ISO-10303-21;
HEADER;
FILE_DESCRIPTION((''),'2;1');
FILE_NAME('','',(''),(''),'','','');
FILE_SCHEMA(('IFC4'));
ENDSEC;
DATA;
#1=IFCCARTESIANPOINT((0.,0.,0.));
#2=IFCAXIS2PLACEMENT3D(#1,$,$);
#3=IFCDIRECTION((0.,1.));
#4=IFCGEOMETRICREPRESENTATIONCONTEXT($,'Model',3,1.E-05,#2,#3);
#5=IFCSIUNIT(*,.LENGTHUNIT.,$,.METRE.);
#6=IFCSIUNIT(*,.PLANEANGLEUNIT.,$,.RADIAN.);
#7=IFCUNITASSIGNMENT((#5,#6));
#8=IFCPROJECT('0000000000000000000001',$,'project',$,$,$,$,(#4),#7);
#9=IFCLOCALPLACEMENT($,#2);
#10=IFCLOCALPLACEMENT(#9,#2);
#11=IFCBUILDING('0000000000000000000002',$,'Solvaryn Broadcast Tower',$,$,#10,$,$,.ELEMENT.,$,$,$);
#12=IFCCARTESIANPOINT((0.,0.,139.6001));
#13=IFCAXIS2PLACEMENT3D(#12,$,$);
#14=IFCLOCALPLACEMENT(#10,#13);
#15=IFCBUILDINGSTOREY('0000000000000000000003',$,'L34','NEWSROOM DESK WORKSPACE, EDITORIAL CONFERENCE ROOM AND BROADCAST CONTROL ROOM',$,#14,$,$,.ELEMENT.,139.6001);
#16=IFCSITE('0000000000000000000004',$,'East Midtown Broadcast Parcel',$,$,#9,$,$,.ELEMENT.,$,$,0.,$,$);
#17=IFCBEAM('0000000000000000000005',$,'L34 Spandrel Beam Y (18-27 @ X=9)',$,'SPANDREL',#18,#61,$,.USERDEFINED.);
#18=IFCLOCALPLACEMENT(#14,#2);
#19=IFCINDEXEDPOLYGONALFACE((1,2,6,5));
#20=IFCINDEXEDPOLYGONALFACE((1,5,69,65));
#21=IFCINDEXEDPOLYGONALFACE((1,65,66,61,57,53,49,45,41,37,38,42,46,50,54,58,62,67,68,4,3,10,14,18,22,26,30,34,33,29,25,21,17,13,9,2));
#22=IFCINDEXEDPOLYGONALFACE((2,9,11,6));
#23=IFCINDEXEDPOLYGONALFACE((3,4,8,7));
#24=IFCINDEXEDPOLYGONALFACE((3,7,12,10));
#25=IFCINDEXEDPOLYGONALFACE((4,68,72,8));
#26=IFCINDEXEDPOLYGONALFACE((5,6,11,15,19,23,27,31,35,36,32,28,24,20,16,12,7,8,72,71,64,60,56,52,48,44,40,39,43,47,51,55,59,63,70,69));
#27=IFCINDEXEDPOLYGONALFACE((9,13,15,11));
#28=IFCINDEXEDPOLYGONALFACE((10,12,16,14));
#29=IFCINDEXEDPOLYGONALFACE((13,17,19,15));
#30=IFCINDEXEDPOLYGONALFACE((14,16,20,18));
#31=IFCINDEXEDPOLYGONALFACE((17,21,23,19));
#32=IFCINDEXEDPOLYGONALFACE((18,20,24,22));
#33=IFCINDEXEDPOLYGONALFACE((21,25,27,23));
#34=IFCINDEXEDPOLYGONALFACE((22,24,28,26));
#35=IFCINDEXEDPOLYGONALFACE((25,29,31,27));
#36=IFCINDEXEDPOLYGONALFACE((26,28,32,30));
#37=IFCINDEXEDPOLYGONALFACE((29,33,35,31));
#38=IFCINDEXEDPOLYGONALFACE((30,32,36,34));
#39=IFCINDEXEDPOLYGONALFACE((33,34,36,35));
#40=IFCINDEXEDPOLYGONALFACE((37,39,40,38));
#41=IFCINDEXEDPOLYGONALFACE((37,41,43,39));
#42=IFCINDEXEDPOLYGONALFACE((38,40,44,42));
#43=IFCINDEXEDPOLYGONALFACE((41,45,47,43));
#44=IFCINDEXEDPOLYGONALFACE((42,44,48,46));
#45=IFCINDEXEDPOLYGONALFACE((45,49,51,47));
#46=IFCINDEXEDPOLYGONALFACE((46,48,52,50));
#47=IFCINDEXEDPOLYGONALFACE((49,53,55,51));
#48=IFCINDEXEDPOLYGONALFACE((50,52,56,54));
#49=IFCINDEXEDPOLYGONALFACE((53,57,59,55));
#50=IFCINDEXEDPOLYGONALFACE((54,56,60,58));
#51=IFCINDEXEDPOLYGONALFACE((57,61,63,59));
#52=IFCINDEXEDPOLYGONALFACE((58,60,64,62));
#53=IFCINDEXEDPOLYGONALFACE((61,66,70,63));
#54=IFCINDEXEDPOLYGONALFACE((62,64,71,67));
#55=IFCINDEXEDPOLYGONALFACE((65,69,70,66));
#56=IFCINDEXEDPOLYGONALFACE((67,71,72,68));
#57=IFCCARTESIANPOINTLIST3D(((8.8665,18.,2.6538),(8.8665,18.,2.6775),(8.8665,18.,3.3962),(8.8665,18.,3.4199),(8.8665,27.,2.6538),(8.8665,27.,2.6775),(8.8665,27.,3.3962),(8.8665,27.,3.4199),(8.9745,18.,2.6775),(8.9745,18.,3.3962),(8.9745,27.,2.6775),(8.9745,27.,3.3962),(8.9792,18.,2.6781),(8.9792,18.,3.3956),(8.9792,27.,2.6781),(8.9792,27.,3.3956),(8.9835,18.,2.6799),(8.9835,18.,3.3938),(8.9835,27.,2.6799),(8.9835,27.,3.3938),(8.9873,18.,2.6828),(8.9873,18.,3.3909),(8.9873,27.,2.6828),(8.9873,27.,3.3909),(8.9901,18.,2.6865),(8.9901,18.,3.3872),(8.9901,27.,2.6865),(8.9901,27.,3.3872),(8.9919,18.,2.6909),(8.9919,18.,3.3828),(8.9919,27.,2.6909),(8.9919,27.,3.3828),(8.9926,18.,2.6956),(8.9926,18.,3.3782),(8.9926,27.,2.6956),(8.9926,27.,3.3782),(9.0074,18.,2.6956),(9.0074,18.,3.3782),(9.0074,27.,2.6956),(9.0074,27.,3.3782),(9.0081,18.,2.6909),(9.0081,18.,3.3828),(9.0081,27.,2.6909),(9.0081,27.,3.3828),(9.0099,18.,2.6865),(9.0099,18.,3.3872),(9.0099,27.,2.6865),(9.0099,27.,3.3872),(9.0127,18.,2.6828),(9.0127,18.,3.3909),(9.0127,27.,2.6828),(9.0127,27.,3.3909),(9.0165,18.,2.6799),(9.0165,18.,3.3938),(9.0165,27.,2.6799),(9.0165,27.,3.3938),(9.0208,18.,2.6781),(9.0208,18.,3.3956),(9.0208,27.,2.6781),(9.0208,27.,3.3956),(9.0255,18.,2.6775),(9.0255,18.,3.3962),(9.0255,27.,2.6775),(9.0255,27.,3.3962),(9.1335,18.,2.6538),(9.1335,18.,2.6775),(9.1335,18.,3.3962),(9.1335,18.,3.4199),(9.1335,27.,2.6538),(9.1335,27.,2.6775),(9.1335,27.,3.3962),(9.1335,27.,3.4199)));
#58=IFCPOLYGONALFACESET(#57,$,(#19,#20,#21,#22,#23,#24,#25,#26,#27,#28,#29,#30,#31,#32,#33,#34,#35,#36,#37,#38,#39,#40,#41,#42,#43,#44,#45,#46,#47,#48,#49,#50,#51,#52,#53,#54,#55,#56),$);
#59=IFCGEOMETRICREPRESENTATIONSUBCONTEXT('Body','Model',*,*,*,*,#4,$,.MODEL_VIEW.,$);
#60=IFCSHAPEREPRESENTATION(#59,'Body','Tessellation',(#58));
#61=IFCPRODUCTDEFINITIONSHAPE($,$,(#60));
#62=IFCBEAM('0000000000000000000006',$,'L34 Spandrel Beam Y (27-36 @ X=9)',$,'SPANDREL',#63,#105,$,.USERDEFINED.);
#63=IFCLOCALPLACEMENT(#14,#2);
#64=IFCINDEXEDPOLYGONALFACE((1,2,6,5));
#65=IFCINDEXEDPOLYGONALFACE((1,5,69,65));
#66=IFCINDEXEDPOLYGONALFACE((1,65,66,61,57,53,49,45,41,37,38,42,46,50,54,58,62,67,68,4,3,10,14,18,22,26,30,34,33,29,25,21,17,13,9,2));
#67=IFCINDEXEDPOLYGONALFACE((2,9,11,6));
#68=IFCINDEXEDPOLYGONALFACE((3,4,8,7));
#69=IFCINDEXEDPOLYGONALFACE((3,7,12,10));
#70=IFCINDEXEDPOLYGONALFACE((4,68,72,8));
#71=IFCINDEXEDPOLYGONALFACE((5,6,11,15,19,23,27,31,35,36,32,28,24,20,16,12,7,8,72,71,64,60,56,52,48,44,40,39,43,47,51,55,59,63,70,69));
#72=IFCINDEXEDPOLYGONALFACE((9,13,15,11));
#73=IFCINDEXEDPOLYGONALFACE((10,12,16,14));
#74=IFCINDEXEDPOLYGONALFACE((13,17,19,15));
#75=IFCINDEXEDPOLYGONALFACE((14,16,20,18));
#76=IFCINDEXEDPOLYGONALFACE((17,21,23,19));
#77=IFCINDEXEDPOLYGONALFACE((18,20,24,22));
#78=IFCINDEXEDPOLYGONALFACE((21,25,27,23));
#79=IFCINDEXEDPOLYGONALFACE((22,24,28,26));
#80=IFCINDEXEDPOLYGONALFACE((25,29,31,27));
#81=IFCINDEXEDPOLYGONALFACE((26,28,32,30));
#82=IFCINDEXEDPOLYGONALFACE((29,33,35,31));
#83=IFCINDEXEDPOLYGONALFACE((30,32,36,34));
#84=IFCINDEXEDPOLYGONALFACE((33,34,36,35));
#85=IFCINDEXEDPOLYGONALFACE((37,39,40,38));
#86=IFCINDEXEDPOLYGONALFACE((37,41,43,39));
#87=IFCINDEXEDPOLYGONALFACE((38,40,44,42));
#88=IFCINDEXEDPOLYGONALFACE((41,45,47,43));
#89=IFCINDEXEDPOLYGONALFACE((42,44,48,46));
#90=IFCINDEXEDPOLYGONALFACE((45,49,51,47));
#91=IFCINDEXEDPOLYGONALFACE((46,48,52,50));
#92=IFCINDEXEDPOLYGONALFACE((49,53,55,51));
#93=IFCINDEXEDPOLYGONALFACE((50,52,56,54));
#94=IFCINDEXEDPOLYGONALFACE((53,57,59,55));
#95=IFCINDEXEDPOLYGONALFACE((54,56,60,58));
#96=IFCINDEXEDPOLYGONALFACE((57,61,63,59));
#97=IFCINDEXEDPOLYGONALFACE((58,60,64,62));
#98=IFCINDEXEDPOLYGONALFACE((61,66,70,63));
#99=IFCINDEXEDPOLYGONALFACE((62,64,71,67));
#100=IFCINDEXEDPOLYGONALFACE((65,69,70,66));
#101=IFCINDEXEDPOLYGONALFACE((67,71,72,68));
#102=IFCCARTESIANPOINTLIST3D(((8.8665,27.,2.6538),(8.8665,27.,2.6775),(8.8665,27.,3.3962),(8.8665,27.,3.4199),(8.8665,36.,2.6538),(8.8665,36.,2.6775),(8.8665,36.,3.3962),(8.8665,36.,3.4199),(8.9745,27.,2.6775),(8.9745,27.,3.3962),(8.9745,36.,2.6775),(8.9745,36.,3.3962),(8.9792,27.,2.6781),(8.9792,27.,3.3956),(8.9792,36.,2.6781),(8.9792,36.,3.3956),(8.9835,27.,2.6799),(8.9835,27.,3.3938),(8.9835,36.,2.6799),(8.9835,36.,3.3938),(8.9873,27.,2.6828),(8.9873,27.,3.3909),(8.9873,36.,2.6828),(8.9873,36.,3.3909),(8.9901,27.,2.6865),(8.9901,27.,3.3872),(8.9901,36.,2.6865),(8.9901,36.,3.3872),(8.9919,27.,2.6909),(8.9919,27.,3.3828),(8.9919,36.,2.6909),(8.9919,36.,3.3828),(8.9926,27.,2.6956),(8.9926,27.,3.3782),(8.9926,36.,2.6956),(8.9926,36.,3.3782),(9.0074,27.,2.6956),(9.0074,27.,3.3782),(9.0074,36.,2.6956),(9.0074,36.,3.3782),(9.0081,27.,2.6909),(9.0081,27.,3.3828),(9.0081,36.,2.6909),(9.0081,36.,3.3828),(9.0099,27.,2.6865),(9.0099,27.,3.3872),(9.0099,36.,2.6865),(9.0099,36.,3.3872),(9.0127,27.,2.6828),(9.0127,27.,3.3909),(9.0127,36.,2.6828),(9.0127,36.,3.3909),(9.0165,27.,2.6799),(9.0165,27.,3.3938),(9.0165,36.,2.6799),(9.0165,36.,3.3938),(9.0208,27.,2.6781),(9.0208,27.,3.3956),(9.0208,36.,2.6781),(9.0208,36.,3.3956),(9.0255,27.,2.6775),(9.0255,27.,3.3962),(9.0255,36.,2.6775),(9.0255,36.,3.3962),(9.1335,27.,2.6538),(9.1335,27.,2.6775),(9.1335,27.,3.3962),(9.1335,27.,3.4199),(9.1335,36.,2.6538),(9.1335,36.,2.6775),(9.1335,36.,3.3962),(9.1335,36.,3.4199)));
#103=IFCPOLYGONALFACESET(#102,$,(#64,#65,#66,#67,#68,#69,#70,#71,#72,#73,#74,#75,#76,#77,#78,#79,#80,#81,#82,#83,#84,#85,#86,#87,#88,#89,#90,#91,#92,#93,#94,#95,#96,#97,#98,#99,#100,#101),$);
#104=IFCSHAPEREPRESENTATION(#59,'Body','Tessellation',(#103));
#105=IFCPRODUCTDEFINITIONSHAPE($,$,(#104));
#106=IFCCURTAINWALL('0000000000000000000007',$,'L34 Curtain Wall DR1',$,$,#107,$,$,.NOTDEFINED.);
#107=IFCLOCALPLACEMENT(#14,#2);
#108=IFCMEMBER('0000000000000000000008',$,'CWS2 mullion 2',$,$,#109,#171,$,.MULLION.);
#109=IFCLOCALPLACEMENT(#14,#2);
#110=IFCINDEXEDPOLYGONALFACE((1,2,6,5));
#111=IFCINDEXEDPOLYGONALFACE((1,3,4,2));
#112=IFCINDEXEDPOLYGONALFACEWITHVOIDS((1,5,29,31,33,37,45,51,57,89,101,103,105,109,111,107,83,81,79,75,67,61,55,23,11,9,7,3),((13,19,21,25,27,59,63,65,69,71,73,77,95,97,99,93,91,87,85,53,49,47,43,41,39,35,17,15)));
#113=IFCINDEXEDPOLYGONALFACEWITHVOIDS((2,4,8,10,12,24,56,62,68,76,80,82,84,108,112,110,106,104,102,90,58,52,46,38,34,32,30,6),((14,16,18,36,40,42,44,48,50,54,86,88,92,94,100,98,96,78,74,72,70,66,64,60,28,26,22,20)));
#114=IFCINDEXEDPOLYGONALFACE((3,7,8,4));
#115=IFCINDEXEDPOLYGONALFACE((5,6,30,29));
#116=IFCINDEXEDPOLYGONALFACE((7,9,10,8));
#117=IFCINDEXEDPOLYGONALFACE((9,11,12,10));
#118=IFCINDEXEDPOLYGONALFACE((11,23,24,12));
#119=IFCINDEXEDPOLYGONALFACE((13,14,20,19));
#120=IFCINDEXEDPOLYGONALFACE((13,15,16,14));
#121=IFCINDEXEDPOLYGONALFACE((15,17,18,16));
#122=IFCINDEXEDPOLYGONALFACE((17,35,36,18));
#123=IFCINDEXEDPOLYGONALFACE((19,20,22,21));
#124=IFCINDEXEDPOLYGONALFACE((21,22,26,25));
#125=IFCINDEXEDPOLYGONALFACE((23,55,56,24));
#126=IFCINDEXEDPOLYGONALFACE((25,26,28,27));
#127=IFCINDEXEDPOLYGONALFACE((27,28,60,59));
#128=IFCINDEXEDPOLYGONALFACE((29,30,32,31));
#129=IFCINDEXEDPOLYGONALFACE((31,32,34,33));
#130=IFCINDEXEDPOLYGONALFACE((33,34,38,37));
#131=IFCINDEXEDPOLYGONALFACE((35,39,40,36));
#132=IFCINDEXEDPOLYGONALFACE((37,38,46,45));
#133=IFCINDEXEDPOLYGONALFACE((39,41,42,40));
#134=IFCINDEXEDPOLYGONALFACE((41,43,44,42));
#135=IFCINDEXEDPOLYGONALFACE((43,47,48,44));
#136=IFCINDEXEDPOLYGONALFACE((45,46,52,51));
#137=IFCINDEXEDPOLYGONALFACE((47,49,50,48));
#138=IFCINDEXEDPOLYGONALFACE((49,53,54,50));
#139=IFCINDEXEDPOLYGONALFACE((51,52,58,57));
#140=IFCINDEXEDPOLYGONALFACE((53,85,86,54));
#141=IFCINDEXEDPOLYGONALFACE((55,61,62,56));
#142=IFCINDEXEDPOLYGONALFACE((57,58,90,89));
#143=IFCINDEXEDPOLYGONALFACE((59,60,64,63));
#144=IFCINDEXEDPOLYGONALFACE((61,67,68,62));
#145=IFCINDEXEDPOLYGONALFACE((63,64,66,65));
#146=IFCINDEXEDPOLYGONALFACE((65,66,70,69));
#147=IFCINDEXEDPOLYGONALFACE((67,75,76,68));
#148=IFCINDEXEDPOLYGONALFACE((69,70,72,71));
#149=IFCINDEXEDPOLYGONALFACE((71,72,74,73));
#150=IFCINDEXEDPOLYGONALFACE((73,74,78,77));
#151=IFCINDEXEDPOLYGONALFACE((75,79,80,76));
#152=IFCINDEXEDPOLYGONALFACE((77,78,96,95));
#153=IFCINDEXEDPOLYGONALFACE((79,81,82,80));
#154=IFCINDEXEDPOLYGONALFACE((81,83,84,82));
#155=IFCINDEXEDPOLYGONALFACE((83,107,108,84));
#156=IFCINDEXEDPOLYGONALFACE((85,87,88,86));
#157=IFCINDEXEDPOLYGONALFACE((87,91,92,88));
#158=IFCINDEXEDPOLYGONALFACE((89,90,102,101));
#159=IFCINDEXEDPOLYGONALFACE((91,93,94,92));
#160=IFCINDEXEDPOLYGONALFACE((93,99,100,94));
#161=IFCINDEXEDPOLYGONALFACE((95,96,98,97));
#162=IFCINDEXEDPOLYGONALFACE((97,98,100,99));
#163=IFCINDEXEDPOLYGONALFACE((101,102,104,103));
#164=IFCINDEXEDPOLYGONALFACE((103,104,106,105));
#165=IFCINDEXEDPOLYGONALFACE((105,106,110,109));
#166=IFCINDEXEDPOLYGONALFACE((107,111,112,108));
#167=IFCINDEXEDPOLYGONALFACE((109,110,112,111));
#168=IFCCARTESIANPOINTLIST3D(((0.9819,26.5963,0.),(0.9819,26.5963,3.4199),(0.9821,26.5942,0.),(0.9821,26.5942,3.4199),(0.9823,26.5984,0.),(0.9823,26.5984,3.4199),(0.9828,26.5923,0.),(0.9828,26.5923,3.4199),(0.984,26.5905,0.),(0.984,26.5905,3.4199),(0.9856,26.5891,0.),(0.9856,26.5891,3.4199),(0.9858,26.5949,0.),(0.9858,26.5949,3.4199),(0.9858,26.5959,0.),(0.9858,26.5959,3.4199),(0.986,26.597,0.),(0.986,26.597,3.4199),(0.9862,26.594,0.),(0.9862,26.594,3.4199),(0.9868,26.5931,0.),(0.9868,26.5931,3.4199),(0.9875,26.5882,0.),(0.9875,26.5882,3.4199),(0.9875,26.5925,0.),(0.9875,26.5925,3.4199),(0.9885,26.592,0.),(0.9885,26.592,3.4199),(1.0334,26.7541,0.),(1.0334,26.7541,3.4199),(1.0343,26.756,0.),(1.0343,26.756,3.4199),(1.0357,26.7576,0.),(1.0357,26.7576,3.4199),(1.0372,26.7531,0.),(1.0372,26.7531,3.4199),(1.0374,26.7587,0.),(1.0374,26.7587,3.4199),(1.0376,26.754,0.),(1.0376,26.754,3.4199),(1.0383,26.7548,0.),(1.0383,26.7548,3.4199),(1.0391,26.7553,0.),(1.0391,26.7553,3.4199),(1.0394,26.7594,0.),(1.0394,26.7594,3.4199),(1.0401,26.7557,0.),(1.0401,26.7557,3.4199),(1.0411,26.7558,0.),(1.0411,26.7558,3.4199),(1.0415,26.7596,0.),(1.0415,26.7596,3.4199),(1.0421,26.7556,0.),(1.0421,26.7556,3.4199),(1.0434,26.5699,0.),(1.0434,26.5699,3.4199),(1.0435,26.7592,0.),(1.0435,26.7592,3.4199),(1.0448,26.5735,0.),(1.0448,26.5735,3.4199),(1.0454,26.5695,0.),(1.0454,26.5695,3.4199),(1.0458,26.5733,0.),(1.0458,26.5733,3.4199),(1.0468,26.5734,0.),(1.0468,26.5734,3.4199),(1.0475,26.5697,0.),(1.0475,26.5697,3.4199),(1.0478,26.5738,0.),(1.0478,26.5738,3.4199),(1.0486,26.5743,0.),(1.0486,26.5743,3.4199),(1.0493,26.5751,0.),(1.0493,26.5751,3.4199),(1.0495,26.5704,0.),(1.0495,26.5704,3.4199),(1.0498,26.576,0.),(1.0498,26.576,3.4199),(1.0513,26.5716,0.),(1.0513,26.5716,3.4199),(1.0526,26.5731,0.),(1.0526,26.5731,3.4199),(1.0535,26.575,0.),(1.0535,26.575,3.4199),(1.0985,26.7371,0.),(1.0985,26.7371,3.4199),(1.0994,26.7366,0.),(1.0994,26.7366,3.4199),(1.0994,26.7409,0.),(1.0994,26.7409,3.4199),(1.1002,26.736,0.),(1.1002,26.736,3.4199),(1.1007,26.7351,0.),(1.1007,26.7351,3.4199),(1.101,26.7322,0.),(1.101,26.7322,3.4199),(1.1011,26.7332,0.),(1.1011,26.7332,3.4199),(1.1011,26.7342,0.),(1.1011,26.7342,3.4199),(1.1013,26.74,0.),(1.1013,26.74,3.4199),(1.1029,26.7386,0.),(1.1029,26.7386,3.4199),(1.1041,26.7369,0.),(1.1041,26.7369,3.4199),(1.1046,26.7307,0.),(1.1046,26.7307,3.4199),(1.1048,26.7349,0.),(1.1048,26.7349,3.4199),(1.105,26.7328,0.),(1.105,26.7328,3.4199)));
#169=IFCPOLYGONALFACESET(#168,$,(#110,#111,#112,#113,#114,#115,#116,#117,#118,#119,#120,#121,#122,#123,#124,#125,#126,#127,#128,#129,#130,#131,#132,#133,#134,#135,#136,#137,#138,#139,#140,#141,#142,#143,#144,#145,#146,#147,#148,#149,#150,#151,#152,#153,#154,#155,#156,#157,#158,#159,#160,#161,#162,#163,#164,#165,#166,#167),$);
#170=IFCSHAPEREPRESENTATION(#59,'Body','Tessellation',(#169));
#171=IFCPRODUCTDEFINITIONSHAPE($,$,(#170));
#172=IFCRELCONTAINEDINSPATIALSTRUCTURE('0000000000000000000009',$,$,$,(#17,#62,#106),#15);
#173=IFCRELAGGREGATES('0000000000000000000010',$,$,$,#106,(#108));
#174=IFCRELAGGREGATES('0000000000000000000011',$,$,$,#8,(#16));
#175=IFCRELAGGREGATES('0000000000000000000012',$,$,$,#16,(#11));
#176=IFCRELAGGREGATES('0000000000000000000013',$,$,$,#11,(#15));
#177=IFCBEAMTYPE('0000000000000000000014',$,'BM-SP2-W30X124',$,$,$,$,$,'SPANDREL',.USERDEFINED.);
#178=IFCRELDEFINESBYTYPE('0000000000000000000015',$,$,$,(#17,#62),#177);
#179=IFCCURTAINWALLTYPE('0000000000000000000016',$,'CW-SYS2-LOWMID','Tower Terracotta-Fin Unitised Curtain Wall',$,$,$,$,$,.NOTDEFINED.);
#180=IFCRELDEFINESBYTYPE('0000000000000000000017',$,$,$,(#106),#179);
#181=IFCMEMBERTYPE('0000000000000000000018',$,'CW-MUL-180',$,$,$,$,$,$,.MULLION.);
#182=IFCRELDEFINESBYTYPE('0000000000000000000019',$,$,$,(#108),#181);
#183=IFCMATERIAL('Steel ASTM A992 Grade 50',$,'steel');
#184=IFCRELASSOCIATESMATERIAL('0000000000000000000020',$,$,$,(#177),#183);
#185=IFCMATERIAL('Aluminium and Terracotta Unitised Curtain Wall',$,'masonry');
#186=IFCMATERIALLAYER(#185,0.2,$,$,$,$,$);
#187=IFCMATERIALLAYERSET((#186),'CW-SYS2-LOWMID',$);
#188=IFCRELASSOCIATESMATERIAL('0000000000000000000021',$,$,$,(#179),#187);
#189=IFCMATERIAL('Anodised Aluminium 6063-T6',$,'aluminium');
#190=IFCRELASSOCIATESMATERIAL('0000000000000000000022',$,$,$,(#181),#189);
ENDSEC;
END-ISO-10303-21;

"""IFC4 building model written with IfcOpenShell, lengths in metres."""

from ifc_helpers import new_model, si_unit, direction, frame, origin, origin_2d, place, context, subcontext, project, spatial, hollow_rectangle, i_section, extrude, material, layer, layer_set, material_profile, profile_set, type_object, element, aggregate, save


model = new_model("IFC4")

# Units and contexts
model_context = context("Model", 3, precision=1e-05, world=origin(), true_north=direction((0.0, 1.0)))
body_context = subcontext(model_context, "Body", "Model", "MODEL_VIEW")
ifc_project = project(units=[si_unit("LENGTHUNIT", "METRE"), si_unit("PLANEANGLEUNIT", "RADIAN")], contexts=[model_context])

# Site, building, storey
site_placement = place(None, origin())
site = spatial("IfcSite", under=ifc_project, at=site_placement, Name="East Midtown Broadcast Parcel", CompositionType="ELEMENT", RefElevation=0.0)
building_placement = place(site_placement, origin())
building = spatial("IfcBuilding", under=site, at=building_placement, Name="Solvaryn Broadcast Tower", CompositionType="ELEMENT")
storey_placement = place(building_placement, frame((0.0, 0.0, 139.6001)))
storey = spatial("IfcBuildingStorey", under=building, at=storey_placement, Name="L34", Description="NEWSROOM DESK WORKSPACE, EDITORIAL CONFERENCE ROOM AND BROADCAST CONTROL ROOM", CompositionType="ELEMENT", Elevation=139.6001)

# Beams
ifc_material_1 = material(Name="Steel ASTM A992 Grade 50", Category="steel")
ifc_material_profile_1 = material_profile(ifc_material_1, i_section(OverallWidth=0.2671, OverallDepth=0.7661, WebThickness=0.0149, FlangeThickness=0.0237, FilletRadius=0.0181, at=origin_2d()))
ifc_profile_set_1 = profile_set([ifc_material_profile_1], Name="Steel ASTM A992 Grade 50")
beam_type_1 = type_object("IfcBeamType", Name="BM-SP2-W30X124", ElementType="SPANDREL", PredefinedType="USERDEFINED", material=ifc_profile_set_1)
for number, where, z_axis, x_axis, name in (
    (1, (9.0, 18.0, 3.0369), (0.0, 1.0, 0.0), (-1.0, 0.0, 0.0), "L34 Spandrel Beam Y (18-27 @ X=9)"),
    (2, (9.0, 27.0, 3.0369), (0.0, 1.0, 0.0), (-1.0, 0.0, 0.0), "L34 Spandrel Beam Y (27-36 @ X=9)"),
):
    element("IfcBeam", number, at=place(storey_placement, frame(where, z_axis=z_axis, x_axis=x_axis)), inside=storey, type_object=beam_type_1, Name=name, ObjectType="SPANDREL", PredefinedType="USERDEFINED", context=body_context, shape_type="SweptSolid", body=[
        extrude(i_section(OverallWidth=0.2671, OverallDepth=0.7661, WebThickness=0.0149, FlangeThickness=0.0237, FilletRadius=0.0181, at=origin_2d()), origin(), (0.0, 0.0, 1.0), 9.0),
    ])

# Curtain wall, member
ifc_material_2 = material(Name="Aluminium and Terracotta Unitised Curtain Wall", Category="masonry")
ifc_layer_1 = layer(ifc_material_2, 0.2)
ifc_layer_set_1 = layer_set([ifc_layer_1], Name="CW-SYS2-LOWMID")
curtain_wall_type_1 = type_object("IfcCurtainWallType", Name="CW-SYS2-LOWMID", Description="Tower Terracotta-Fin Unitised Curtain Wall", PredefinedType="NOTDEFINED", material=ifc_layer_set_1)
curtain_wall_1_placement = place(storey_placement, origin())
curtain_wall_1 = element("IfcCurtainWall", 3, at=curtain_wall_1_placement, inside=storey, type_object=curtain_wall_type_1, Name="L34 Curtain Wall DR1", PredefinedType="NOTDEFINED")
ifc_material_3 = material(Name="Anodised Aluminium 6063-T6", Category="aluminium")
ifc_material_profile_2 = material_profile(ifc_material_3, hollow_rectangle(XDim=0.075, YDim=0.1799, WallThickness=0.0039, InnerFilletRadius=0.0039, OuterFilletRadius=0.0081, at=origin_2d()))
ifc_profile_set_2 = profile_set([ifc_material_profile_2], Name="Anodised Aluminium 6063-T6")
member_type_1 = type_object("IfcMemberType", Name="CW-MUL-180", PredefinedType="MULLION", material=ifc_profile_set_2)
member_1_placement = place(storey_placement, frame((1.0435, 26.6646, 0.0), z_axis=(0.0, 0.0, 1.0), x_axis=(0.950198, -0.311646, 0.0)))
member_1 = element("IfcMember", 4, at=member_1_placement, type_object=member_type_1, Name="CWS2 mullion 2", PredefinedType="MULLION", context=body_context, shape_type="SweptSolid", body=[
    extrude(hollow_rectangle(XDim=0.075, YDim=0.1799, WallThickness=0.0039, InnerFilletRadius=0.0039, OuterFilletRadius=0.0081, at=origin_2d()), origin(), (0.0, 0.0, 1.0), 3.4199),
])
aggregate(curtain_wall_1, [member_1])

save(model, "model.ifc")
